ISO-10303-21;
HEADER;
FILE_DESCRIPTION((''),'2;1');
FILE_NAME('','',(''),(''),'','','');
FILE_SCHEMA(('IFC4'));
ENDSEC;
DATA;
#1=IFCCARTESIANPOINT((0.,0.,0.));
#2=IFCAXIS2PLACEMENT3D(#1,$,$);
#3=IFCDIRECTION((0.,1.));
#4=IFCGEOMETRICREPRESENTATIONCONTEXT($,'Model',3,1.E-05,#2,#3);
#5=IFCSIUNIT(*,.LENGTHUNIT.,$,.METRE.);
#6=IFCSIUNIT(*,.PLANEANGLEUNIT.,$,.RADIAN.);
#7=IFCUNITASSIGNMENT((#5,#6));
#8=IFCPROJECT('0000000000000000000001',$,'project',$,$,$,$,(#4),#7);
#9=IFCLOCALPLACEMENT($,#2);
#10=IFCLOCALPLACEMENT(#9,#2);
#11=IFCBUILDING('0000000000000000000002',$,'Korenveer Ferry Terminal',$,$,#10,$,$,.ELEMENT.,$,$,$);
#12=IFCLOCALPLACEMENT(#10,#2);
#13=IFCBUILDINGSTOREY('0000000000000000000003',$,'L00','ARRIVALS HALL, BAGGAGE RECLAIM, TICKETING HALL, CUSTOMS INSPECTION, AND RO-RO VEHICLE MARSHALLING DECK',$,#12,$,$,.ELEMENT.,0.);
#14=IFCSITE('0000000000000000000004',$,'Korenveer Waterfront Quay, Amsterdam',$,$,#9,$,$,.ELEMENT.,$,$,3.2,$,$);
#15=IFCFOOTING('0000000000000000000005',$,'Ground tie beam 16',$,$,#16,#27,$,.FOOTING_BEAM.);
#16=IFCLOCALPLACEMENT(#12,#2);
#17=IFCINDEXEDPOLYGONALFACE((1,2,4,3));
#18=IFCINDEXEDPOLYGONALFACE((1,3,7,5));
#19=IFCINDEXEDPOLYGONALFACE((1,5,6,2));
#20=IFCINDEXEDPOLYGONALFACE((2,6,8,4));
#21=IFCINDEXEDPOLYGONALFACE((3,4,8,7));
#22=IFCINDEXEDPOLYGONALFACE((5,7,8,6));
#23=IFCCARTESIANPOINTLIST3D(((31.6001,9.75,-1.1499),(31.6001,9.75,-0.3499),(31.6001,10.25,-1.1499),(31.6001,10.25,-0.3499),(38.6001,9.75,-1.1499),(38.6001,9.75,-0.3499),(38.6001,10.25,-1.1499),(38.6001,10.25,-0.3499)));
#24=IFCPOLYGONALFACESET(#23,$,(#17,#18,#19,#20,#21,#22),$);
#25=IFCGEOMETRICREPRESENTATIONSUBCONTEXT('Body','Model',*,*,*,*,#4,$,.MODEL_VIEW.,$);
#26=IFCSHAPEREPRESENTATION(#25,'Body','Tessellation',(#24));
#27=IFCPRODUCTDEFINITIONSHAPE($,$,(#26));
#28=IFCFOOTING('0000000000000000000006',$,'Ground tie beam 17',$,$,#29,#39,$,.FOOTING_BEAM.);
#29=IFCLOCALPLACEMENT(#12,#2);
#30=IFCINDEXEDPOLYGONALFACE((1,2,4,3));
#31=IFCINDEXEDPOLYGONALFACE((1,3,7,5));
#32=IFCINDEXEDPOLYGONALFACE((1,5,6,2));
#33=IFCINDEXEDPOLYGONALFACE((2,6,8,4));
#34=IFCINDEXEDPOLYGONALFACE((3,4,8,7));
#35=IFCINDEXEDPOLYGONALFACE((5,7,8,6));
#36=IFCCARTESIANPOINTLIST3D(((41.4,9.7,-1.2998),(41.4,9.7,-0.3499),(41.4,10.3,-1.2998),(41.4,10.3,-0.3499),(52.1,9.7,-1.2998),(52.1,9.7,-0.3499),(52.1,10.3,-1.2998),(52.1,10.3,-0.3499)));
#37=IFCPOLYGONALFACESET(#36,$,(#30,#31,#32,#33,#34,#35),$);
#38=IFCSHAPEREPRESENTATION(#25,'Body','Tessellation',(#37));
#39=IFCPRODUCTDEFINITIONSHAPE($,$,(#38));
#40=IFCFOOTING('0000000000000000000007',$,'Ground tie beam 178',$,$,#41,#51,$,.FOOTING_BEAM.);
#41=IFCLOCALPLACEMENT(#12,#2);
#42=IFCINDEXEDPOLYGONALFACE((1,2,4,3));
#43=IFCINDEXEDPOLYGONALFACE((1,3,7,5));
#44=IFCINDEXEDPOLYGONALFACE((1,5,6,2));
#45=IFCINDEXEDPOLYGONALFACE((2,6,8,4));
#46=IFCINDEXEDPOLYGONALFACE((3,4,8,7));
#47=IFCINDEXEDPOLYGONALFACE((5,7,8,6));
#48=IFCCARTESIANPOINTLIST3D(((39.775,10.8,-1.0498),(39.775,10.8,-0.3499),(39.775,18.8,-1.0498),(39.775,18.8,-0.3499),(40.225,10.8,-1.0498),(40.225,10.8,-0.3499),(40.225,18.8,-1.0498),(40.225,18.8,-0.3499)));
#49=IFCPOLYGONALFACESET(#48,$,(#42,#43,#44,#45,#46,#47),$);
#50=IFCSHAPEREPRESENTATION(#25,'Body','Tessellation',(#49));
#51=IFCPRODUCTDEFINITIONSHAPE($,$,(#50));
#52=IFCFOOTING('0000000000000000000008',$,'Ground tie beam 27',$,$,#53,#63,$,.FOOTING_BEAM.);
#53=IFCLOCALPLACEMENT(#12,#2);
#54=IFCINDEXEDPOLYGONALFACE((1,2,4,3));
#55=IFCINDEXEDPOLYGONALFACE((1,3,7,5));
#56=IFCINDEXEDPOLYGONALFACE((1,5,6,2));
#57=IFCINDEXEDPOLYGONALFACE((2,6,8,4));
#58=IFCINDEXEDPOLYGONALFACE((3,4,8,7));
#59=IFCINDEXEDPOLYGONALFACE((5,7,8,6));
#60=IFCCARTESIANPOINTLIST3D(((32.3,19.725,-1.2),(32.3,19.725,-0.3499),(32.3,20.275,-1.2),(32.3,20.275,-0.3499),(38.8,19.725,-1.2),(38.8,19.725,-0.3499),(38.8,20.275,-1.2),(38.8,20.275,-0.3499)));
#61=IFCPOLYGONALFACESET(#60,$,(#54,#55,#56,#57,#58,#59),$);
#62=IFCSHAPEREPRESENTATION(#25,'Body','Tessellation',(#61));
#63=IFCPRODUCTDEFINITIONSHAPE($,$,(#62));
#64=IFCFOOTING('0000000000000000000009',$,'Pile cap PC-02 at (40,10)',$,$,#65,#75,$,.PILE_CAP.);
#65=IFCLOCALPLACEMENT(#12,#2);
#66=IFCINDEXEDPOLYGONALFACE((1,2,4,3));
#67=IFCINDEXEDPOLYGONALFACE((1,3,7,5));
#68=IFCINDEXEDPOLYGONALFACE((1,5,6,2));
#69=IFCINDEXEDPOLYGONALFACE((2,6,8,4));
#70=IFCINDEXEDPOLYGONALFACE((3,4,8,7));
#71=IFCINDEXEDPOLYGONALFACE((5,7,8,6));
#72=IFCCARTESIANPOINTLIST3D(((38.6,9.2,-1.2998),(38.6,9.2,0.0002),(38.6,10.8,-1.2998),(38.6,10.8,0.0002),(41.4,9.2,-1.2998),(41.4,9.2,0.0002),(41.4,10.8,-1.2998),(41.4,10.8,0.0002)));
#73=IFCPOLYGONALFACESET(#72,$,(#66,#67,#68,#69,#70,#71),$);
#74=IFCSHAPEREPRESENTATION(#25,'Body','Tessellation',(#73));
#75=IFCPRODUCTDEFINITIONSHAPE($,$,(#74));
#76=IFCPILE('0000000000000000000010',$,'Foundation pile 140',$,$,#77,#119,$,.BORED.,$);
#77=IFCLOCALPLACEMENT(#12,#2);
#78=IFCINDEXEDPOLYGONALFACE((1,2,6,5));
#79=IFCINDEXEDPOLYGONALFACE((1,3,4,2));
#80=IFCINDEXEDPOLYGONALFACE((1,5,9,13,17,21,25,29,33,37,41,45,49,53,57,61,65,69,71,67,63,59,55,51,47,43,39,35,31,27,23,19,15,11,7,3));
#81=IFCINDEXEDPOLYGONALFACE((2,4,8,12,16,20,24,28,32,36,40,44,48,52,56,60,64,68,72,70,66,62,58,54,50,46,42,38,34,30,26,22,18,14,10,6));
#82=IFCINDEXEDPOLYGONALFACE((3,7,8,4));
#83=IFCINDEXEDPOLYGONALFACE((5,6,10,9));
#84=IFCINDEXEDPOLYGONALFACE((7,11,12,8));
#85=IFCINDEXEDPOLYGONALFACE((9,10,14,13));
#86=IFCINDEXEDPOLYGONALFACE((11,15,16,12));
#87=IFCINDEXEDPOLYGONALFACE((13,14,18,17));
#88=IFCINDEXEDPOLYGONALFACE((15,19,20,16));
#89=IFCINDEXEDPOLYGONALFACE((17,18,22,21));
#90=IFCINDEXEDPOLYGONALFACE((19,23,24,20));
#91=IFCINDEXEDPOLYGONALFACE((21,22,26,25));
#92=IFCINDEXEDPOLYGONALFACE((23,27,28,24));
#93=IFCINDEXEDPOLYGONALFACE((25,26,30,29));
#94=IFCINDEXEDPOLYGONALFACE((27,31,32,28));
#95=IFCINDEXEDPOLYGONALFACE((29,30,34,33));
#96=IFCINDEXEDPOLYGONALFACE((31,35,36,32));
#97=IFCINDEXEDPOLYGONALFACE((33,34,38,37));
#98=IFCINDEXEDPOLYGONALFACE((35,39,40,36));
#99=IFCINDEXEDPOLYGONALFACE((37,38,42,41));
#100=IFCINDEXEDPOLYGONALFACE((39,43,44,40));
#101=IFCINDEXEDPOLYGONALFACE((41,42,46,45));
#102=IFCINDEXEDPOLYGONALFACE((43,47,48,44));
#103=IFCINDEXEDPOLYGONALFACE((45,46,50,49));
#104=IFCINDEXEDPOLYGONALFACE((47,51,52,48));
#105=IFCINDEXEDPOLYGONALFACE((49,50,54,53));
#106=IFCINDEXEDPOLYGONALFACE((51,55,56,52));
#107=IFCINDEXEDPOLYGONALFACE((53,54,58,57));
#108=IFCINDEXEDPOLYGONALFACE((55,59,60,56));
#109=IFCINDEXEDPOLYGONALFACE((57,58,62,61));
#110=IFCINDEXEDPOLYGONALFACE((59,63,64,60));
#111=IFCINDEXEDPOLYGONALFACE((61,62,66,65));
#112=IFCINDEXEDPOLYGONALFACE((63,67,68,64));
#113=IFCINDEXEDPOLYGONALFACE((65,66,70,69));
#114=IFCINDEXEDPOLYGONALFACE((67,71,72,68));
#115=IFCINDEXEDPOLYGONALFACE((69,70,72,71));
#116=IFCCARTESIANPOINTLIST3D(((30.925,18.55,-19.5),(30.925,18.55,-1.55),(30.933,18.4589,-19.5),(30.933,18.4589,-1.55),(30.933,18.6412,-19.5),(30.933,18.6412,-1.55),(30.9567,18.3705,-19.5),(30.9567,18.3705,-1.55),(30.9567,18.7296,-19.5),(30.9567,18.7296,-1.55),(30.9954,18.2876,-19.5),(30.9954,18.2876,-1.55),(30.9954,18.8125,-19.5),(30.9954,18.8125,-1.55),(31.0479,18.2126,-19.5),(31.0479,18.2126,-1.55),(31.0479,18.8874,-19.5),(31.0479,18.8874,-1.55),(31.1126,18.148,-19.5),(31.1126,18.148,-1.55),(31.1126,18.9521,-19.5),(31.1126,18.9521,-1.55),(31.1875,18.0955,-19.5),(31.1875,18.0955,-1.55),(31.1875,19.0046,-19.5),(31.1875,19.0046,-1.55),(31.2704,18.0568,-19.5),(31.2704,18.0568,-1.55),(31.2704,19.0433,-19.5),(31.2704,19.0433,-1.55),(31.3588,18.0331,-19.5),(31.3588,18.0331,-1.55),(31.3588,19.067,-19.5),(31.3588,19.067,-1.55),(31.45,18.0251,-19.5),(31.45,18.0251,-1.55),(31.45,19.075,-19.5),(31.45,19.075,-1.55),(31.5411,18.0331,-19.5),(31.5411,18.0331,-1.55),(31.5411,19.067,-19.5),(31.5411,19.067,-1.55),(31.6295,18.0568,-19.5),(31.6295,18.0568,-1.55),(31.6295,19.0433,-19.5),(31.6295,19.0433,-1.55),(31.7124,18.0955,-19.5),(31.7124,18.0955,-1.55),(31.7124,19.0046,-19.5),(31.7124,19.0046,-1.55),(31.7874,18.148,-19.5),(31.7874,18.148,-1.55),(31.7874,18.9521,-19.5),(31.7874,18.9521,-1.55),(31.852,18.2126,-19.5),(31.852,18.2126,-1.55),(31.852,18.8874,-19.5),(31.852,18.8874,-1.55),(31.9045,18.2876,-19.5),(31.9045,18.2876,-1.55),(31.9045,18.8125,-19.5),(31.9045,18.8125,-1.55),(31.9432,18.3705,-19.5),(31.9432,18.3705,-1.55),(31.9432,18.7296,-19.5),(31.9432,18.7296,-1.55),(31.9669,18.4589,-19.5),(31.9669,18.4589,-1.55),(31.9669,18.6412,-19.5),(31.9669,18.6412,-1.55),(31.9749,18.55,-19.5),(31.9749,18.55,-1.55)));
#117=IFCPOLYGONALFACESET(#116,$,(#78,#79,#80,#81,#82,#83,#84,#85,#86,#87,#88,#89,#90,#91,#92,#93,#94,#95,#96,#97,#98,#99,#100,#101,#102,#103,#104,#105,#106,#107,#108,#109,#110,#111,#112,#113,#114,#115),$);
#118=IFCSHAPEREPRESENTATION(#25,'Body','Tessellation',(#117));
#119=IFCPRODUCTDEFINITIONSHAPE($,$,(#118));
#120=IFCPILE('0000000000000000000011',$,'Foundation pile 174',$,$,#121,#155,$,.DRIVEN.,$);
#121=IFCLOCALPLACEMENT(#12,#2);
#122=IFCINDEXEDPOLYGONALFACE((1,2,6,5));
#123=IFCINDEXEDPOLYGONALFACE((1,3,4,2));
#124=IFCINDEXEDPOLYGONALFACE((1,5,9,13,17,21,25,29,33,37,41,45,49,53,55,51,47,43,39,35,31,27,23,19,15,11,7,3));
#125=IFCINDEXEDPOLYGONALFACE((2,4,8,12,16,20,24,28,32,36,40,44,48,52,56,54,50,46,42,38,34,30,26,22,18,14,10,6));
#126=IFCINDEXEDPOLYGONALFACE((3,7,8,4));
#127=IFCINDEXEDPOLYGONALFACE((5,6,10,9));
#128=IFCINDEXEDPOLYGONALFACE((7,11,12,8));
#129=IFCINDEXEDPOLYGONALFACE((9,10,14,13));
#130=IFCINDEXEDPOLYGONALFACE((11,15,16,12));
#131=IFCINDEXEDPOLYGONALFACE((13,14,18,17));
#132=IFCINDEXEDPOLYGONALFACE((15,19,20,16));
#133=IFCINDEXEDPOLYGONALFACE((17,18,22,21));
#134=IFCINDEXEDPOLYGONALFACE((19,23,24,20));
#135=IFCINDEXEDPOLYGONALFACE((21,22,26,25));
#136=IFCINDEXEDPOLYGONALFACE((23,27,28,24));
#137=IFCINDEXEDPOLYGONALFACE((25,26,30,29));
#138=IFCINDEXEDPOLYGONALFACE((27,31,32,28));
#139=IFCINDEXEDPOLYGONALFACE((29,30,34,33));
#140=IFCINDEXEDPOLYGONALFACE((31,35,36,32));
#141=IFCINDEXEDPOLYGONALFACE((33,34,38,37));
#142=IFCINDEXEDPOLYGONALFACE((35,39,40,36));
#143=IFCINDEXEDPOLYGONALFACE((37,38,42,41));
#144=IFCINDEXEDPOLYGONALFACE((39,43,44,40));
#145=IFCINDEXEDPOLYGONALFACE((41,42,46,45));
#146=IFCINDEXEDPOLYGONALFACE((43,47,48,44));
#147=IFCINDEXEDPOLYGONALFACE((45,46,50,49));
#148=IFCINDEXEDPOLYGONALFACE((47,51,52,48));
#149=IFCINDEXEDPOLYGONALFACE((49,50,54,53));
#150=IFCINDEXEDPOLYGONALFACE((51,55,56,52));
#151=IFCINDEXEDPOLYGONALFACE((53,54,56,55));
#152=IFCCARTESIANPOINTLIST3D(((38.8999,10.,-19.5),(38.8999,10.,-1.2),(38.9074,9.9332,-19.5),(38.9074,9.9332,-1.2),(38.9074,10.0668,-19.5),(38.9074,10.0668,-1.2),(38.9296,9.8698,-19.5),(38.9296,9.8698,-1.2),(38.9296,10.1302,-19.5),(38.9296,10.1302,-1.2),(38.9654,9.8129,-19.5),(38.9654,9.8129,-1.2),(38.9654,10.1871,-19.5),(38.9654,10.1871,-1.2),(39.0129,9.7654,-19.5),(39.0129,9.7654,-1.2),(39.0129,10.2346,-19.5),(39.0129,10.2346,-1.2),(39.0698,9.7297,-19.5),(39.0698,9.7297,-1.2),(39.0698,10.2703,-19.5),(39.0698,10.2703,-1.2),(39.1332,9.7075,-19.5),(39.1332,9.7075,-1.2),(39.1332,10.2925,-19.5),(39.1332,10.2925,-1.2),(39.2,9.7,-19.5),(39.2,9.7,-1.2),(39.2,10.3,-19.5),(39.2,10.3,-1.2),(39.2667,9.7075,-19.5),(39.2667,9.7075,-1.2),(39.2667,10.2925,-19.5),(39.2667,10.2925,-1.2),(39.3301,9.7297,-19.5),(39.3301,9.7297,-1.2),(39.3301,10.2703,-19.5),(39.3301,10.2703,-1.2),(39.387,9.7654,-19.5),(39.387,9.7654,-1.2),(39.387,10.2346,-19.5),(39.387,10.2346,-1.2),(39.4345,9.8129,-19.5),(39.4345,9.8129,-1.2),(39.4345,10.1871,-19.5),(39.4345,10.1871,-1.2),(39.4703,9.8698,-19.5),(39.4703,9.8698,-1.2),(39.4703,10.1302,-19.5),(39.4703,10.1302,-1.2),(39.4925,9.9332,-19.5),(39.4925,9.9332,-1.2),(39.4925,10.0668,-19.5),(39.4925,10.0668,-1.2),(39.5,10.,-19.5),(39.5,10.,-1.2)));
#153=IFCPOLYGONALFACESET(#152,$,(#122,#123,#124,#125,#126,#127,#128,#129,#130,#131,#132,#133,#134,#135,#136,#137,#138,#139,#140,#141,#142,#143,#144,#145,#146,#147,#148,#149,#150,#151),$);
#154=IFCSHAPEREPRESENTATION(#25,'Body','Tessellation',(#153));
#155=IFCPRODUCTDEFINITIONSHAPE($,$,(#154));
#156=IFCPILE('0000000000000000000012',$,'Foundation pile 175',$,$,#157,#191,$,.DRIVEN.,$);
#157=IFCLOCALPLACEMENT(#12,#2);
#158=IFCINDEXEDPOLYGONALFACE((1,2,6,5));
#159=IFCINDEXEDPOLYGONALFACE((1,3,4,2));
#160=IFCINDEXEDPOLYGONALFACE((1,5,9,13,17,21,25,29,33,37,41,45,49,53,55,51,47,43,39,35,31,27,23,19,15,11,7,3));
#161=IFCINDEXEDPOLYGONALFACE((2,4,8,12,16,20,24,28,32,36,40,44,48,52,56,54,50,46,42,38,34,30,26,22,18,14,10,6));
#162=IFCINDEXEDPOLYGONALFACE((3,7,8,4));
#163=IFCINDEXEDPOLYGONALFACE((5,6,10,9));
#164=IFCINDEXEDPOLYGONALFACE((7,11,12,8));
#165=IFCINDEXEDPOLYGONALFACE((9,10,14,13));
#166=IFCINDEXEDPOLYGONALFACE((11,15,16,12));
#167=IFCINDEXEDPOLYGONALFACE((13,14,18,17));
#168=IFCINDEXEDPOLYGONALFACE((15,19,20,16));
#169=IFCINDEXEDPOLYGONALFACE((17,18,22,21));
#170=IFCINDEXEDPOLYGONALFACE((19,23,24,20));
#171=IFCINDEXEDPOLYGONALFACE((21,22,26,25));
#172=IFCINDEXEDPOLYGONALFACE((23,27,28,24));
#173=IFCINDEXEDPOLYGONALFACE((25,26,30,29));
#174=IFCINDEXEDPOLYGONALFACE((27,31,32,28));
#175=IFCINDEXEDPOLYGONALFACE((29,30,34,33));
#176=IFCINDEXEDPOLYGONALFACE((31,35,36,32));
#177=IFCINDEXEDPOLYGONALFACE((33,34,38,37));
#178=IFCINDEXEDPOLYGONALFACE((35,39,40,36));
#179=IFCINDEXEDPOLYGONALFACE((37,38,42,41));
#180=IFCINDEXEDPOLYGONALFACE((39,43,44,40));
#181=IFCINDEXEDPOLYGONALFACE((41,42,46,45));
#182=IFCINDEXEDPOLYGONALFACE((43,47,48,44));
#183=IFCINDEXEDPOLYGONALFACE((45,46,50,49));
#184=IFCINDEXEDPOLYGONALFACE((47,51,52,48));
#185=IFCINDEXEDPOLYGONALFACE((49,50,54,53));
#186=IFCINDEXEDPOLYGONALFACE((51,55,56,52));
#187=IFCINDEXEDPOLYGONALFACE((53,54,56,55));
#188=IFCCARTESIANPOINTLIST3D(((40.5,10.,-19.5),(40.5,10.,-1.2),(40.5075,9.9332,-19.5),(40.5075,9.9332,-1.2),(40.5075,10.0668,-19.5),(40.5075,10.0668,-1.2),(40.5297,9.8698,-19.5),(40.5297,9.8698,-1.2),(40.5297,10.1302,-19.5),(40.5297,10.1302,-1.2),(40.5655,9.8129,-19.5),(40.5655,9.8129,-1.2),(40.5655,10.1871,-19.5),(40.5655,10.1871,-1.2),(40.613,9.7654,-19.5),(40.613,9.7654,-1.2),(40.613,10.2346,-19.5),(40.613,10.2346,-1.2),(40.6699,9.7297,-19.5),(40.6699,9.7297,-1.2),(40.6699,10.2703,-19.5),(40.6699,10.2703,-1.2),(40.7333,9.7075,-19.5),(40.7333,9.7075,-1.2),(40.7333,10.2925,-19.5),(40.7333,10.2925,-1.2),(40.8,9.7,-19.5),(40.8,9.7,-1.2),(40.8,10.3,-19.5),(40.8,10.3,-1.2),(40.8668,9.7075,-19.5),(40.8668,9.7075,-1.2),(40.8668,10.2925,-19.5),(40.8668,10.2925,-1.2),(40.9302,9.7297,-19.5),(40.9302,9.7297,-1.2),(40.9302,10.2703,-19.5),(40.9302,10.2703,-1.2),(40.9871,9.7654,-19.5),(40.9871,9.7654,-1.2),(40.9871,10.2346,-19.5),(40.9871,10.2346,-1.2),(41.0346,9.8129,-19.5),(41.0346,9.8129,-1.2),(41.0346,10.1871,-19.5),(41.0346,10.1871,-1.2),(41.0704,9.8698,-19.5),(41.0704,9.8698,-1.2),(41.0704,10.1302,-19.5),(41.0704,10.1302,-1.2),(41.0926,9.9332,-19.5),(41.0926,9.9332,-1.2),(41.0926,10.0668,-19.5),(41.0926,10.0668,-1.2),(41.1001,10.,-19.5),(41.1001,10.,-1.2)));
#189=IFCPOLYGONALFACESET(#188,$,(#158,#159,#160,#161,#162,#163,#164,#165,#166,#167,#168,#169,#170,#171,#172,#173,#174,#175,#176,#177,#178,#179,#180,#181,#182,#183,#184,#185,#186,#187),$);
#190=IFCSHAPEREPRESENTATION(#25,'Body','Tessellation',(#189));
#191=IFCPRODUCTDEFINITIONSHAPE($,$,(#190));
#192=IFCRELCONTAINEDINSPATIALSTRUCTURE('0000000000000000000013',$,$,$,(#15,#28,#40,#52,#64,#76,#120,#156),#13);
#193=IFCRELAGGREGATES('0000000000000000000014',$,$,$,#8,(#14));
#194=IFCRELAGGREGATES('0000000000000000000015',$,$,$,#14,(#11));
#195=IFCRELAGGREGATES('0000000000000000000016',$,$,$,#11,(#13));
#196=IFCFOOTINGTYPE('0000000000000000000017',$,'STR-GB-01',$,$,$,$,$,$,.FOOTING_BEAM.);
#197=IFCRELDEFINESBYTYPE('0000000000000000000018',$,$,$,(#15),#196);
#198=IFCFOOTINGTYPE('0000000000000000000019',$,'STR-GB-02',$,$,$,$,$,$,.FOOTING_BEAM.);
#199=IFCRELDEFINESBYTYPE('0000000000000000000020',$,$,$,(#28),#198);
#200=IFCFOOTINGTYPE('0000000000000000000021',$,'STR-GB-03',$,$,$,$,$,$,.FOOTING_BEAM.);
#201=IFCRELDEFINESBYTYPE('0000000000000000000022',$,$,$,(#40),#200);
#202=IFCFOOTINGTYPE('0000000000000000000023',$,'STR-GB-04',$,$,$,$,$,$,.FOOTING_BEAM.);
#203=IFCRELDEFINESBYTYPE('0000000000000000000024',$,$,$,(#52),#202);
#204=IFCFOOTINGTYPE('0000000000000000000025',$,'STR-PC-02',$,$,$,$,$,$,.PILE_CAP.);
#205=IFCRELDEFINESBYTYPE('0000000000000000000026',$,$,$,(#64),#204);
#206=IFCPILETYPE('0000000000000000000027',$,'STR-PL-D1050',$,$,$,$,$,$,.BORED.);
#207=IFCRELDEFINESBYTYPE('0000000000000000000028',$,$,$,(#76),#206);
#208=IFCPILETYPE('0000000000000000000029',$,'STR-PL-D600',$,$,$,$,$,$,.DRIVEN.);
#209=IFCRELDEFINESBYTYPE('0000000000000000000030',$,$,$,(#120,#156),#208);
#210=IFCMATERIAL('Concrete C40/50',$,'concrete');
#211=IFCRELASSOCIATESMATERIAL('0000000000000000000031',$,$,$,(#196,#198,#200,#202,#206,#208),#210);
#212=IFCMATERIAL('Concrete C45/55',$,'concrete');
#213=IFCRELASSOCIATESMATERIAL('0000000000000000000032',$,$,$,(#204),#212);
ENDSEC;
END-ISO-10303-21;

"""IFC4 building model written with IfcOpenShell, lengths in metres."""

from ifc_helpers import new_model, si_unit, direction, frame, origin, origin_2d, place, context, subcontext, project, spatial, rectangle, circle, extrude, material, material_profile, profile_set, type_object, element, save


model = new_model("IFC4")

# Units and contexts
model_context = context("Model", 3, precision=1e-05, world=origin(), true_north=direction((0.0, 1.0)))
body_context = subcontext(model_context, "Body", "Model", "MODEL_VIEW")
ifc_project = project(units=[si_unit("LENGTHUNIT", "METRE"), si_unit("PLANEANGLEUNIT", "RADIAN")], contexts=[model_context])

# Site, building, storey
site_placement = place(None, origin())
site = spatial("IfcSite", under=ifc_project, at=site_placement, Name="Korenveer Waterfront Quay, Amsterdam", CompositionType="ELEMENT", RefElevation=3.2)
building_placement = place(site_placement, origin())
building = spatial("IfcBuilding", under=site, at=building_placement, Name="Korenveer Ferry Terminal", CompositionType="ELEMENT")
storey_placement = place(building_placement, origin())
storey = spatial("IfcBuildingStorey", under=building, at=storey_placement, Name="L00", Description="ARRIVALS HALL, BAGGAGE RECLAIM, TICKETING HALL, CUSTOMS INSPECTION, AND RO-RO VEHICLE MARSHALLING DECK", CompositionType="ELEMENT", Elevation=0.0)

# Footings
ifc_material_1 = material(Name="Concrete C40/50", Category="concrete")
footing_type_1 = type_object("IfcFootingType", Name="STR-GB-01", PredefinedType="FOOTING_BEAM", material=ifc_material_1)
footing_1_placement = place(storey_placement, frame((35.1001, 10.0, -1.1499), z_axis=(0.0, 0.0, 1.0), x_axis=(1.0, 0.0, 0.0)))
element("IfcFooting", 1, at=footing_1_placement, inside=storey, type_object=footing_type_1, Name="Ground tie beam 16", PredefinedType="FOOTING_BEAM", context=body_context, shape_type="SweptSolid", body=[
    extrude(rectangle(XDim=7.0, YDim=0.5, at=origin_2d()), origin(), (0.0, 0.0, 1.0), 0.8),
])
footing_type_2 = type_object("IfcFootingType", Name="STR-GB-02", PredefinedType="FOOTING_BEAM", material=ifc_material_1)
footing_2_placement = place(storey_placement, frame((46.75, 10.0, -1.2998), z_axis=(0.0, 0.0, 1.0), x_axis=(1.0, 0.0, 0.0)))
element("IfcFooting", 2, at=footing_2_placement, inside=storey, type_object=footing_type_2, Name="Ground tie beam 17", PredefinedType="FOOTING_BEAM", context=body_context, shape_type="SweptSolid", body=[
    extrude(rectangle(XDim=10.7, YDim=0.6001, at=origin_2d()), origin(), (0.0, 0.0, 1.0), 0.95),
])
footing_type_3 = type_object("IfcFootingType", Name="STR-GB-03", PredefinedType="FOOTING_BEAM", material=ifc_material_1)
footing_3_placement = place(storey_placement, frame((40.0, 14.8, -1.0498), z_axis=(0.0, 0.0, 1.0), x_axis=(1.0, 0.0, 0.0)))
element("IfcFooting", 3, at=footing_3_placement, inside=storey, type_object=footing_type_3, Name="Ground tie beam 178", PredefinedType="FOOTING_BEAM", context=body_context, shape_type="SweptSolid", body=[
    extrude(rectangle(XDim=0.45, YDim=8.0, at=origin_2d()), origin(), (0.0, 0.0, 1.0), 0.7),
])
footing_type_4 = type_object("IfcFootingType", Name="STR-GB-04", PredefinedType="FOOTING_BEAM", material=ifc_material_1)
footing_4_placement = place(storey_placement, frame((35.55, 20.0, -1.2), z_axis=(0.0, 0.0, 1.0), x_axis=(1.0, 0.0, 0.0)))
element("IfcFooting", 4, at=footing_4_placement, inside=storey, type_object=footing_type_4, Name="Ground tie beam 27", PredefinedType="FOOTING_BEAM", context=body_context, shape_type="SweptSolid", body=[
    extrude(rectangle(XDim=6.5, YDim=0.55, at=origin_2d()), origin(), (0.0, 0.0, 1.0), 0.8501),
])
ifc_material_2 = material(Name="Concrete C45/55", Category="concrete")
footing_type_5 = type_object("IfcFootingType", Name="STR-PC-02", PredefinedType="PILE_CAP", material=ifc_material_2)
footing_5_placement = place(storey_placement, frame((40.0, 10.0, -1.2998), z_axis=(0.0, 0.0, 1.0), x_axis=(1.0, 0.0, 0.0)))
element("IfcFooting", 5, at=footing_5_placement, inside=storey, type_object=footing_type_5, Name="Pile cap PC-02 at (40,10)", PredefinedType="PILE_CAP", context=body_context, shape_type="SweptSolid", body=[
    extrude(rectangle(XDim=2.8, YDim=1.6001, at=origin_2d()), origin(), (0.0, 0.0, 1.0), 1.3),
])

# Piles
ifc_material_profile_1 = material_profile(ifc_material_1, circle(Radius=0.5249, at=origin_2d()), Name="PILE D1050")
ifc_profile_set_1 = profile_set([ifc_material_profile_1], Name="Concrete C40/50")
pile_type_1 = type_object("IfcPileType", Name="STR-PL-D1050", PredefinedType="BORED", material=ifc_profile_set_1)
pile_1_placement = place(storey_placement, frame((31.45, 18.55, -1.55), z_axis=(0.0, 0.0, -1.0), x_axis=(1.0, 0.0, 0.0)))
element("IfcPile", 6, at=pile_1_placement, inside=storey, type_object=pile_type_1, Name="Foundation pile 140", PredefinedType="BORED", context=body_context, shape_type="SweptSolid", body=[
    extrude(circle(Radius=0.5249, at=origin_2d()), origin(), (0.0, 0.0, 1.0), 17.95),
])
ifc_material_profile_2 = material_profile(ifc_material_1, circle(Radius=0.3, at=origin_2d()), Name="PILE D600")
ifc_profile_set_2 = profile_set([ifc_material_profile_2], Name="Concrete C40/50")
pile_type_2 = type_object("IfcPileType", Name="STR-PL-D600", PredefinedType="DRIVEN", material=ifc_profile_set_2)
for number, where, z_axis, x_axis, name in (
    (7, (39.2, 10.0, -1.2), (0.0, 0.0, -1.0), (1.0, 0.0, 0.0), "Foundation pile 174"),
    (8, (40.8, 10.0, -1.2), (0.0, 0.0, -1.0), (1.0, 0.0, 0.0), "Foundation pile 175"),
):
    element("IfcPile", number, at=place(storey_placement, frame(where, z_axis=z_axis, x_axis=x_axis)), inside=storey, type_object=pile_type_2, Name=name, PredefinedType="DRIVEN", context=body_context, shape_type="SweptSolid", body=[
        extrude(circle(Radius=0.3, at=origin_2d()), origin(), (0.0, 0.0, 1.0), 18.3),
    ])

save(model, "model.ifc")
